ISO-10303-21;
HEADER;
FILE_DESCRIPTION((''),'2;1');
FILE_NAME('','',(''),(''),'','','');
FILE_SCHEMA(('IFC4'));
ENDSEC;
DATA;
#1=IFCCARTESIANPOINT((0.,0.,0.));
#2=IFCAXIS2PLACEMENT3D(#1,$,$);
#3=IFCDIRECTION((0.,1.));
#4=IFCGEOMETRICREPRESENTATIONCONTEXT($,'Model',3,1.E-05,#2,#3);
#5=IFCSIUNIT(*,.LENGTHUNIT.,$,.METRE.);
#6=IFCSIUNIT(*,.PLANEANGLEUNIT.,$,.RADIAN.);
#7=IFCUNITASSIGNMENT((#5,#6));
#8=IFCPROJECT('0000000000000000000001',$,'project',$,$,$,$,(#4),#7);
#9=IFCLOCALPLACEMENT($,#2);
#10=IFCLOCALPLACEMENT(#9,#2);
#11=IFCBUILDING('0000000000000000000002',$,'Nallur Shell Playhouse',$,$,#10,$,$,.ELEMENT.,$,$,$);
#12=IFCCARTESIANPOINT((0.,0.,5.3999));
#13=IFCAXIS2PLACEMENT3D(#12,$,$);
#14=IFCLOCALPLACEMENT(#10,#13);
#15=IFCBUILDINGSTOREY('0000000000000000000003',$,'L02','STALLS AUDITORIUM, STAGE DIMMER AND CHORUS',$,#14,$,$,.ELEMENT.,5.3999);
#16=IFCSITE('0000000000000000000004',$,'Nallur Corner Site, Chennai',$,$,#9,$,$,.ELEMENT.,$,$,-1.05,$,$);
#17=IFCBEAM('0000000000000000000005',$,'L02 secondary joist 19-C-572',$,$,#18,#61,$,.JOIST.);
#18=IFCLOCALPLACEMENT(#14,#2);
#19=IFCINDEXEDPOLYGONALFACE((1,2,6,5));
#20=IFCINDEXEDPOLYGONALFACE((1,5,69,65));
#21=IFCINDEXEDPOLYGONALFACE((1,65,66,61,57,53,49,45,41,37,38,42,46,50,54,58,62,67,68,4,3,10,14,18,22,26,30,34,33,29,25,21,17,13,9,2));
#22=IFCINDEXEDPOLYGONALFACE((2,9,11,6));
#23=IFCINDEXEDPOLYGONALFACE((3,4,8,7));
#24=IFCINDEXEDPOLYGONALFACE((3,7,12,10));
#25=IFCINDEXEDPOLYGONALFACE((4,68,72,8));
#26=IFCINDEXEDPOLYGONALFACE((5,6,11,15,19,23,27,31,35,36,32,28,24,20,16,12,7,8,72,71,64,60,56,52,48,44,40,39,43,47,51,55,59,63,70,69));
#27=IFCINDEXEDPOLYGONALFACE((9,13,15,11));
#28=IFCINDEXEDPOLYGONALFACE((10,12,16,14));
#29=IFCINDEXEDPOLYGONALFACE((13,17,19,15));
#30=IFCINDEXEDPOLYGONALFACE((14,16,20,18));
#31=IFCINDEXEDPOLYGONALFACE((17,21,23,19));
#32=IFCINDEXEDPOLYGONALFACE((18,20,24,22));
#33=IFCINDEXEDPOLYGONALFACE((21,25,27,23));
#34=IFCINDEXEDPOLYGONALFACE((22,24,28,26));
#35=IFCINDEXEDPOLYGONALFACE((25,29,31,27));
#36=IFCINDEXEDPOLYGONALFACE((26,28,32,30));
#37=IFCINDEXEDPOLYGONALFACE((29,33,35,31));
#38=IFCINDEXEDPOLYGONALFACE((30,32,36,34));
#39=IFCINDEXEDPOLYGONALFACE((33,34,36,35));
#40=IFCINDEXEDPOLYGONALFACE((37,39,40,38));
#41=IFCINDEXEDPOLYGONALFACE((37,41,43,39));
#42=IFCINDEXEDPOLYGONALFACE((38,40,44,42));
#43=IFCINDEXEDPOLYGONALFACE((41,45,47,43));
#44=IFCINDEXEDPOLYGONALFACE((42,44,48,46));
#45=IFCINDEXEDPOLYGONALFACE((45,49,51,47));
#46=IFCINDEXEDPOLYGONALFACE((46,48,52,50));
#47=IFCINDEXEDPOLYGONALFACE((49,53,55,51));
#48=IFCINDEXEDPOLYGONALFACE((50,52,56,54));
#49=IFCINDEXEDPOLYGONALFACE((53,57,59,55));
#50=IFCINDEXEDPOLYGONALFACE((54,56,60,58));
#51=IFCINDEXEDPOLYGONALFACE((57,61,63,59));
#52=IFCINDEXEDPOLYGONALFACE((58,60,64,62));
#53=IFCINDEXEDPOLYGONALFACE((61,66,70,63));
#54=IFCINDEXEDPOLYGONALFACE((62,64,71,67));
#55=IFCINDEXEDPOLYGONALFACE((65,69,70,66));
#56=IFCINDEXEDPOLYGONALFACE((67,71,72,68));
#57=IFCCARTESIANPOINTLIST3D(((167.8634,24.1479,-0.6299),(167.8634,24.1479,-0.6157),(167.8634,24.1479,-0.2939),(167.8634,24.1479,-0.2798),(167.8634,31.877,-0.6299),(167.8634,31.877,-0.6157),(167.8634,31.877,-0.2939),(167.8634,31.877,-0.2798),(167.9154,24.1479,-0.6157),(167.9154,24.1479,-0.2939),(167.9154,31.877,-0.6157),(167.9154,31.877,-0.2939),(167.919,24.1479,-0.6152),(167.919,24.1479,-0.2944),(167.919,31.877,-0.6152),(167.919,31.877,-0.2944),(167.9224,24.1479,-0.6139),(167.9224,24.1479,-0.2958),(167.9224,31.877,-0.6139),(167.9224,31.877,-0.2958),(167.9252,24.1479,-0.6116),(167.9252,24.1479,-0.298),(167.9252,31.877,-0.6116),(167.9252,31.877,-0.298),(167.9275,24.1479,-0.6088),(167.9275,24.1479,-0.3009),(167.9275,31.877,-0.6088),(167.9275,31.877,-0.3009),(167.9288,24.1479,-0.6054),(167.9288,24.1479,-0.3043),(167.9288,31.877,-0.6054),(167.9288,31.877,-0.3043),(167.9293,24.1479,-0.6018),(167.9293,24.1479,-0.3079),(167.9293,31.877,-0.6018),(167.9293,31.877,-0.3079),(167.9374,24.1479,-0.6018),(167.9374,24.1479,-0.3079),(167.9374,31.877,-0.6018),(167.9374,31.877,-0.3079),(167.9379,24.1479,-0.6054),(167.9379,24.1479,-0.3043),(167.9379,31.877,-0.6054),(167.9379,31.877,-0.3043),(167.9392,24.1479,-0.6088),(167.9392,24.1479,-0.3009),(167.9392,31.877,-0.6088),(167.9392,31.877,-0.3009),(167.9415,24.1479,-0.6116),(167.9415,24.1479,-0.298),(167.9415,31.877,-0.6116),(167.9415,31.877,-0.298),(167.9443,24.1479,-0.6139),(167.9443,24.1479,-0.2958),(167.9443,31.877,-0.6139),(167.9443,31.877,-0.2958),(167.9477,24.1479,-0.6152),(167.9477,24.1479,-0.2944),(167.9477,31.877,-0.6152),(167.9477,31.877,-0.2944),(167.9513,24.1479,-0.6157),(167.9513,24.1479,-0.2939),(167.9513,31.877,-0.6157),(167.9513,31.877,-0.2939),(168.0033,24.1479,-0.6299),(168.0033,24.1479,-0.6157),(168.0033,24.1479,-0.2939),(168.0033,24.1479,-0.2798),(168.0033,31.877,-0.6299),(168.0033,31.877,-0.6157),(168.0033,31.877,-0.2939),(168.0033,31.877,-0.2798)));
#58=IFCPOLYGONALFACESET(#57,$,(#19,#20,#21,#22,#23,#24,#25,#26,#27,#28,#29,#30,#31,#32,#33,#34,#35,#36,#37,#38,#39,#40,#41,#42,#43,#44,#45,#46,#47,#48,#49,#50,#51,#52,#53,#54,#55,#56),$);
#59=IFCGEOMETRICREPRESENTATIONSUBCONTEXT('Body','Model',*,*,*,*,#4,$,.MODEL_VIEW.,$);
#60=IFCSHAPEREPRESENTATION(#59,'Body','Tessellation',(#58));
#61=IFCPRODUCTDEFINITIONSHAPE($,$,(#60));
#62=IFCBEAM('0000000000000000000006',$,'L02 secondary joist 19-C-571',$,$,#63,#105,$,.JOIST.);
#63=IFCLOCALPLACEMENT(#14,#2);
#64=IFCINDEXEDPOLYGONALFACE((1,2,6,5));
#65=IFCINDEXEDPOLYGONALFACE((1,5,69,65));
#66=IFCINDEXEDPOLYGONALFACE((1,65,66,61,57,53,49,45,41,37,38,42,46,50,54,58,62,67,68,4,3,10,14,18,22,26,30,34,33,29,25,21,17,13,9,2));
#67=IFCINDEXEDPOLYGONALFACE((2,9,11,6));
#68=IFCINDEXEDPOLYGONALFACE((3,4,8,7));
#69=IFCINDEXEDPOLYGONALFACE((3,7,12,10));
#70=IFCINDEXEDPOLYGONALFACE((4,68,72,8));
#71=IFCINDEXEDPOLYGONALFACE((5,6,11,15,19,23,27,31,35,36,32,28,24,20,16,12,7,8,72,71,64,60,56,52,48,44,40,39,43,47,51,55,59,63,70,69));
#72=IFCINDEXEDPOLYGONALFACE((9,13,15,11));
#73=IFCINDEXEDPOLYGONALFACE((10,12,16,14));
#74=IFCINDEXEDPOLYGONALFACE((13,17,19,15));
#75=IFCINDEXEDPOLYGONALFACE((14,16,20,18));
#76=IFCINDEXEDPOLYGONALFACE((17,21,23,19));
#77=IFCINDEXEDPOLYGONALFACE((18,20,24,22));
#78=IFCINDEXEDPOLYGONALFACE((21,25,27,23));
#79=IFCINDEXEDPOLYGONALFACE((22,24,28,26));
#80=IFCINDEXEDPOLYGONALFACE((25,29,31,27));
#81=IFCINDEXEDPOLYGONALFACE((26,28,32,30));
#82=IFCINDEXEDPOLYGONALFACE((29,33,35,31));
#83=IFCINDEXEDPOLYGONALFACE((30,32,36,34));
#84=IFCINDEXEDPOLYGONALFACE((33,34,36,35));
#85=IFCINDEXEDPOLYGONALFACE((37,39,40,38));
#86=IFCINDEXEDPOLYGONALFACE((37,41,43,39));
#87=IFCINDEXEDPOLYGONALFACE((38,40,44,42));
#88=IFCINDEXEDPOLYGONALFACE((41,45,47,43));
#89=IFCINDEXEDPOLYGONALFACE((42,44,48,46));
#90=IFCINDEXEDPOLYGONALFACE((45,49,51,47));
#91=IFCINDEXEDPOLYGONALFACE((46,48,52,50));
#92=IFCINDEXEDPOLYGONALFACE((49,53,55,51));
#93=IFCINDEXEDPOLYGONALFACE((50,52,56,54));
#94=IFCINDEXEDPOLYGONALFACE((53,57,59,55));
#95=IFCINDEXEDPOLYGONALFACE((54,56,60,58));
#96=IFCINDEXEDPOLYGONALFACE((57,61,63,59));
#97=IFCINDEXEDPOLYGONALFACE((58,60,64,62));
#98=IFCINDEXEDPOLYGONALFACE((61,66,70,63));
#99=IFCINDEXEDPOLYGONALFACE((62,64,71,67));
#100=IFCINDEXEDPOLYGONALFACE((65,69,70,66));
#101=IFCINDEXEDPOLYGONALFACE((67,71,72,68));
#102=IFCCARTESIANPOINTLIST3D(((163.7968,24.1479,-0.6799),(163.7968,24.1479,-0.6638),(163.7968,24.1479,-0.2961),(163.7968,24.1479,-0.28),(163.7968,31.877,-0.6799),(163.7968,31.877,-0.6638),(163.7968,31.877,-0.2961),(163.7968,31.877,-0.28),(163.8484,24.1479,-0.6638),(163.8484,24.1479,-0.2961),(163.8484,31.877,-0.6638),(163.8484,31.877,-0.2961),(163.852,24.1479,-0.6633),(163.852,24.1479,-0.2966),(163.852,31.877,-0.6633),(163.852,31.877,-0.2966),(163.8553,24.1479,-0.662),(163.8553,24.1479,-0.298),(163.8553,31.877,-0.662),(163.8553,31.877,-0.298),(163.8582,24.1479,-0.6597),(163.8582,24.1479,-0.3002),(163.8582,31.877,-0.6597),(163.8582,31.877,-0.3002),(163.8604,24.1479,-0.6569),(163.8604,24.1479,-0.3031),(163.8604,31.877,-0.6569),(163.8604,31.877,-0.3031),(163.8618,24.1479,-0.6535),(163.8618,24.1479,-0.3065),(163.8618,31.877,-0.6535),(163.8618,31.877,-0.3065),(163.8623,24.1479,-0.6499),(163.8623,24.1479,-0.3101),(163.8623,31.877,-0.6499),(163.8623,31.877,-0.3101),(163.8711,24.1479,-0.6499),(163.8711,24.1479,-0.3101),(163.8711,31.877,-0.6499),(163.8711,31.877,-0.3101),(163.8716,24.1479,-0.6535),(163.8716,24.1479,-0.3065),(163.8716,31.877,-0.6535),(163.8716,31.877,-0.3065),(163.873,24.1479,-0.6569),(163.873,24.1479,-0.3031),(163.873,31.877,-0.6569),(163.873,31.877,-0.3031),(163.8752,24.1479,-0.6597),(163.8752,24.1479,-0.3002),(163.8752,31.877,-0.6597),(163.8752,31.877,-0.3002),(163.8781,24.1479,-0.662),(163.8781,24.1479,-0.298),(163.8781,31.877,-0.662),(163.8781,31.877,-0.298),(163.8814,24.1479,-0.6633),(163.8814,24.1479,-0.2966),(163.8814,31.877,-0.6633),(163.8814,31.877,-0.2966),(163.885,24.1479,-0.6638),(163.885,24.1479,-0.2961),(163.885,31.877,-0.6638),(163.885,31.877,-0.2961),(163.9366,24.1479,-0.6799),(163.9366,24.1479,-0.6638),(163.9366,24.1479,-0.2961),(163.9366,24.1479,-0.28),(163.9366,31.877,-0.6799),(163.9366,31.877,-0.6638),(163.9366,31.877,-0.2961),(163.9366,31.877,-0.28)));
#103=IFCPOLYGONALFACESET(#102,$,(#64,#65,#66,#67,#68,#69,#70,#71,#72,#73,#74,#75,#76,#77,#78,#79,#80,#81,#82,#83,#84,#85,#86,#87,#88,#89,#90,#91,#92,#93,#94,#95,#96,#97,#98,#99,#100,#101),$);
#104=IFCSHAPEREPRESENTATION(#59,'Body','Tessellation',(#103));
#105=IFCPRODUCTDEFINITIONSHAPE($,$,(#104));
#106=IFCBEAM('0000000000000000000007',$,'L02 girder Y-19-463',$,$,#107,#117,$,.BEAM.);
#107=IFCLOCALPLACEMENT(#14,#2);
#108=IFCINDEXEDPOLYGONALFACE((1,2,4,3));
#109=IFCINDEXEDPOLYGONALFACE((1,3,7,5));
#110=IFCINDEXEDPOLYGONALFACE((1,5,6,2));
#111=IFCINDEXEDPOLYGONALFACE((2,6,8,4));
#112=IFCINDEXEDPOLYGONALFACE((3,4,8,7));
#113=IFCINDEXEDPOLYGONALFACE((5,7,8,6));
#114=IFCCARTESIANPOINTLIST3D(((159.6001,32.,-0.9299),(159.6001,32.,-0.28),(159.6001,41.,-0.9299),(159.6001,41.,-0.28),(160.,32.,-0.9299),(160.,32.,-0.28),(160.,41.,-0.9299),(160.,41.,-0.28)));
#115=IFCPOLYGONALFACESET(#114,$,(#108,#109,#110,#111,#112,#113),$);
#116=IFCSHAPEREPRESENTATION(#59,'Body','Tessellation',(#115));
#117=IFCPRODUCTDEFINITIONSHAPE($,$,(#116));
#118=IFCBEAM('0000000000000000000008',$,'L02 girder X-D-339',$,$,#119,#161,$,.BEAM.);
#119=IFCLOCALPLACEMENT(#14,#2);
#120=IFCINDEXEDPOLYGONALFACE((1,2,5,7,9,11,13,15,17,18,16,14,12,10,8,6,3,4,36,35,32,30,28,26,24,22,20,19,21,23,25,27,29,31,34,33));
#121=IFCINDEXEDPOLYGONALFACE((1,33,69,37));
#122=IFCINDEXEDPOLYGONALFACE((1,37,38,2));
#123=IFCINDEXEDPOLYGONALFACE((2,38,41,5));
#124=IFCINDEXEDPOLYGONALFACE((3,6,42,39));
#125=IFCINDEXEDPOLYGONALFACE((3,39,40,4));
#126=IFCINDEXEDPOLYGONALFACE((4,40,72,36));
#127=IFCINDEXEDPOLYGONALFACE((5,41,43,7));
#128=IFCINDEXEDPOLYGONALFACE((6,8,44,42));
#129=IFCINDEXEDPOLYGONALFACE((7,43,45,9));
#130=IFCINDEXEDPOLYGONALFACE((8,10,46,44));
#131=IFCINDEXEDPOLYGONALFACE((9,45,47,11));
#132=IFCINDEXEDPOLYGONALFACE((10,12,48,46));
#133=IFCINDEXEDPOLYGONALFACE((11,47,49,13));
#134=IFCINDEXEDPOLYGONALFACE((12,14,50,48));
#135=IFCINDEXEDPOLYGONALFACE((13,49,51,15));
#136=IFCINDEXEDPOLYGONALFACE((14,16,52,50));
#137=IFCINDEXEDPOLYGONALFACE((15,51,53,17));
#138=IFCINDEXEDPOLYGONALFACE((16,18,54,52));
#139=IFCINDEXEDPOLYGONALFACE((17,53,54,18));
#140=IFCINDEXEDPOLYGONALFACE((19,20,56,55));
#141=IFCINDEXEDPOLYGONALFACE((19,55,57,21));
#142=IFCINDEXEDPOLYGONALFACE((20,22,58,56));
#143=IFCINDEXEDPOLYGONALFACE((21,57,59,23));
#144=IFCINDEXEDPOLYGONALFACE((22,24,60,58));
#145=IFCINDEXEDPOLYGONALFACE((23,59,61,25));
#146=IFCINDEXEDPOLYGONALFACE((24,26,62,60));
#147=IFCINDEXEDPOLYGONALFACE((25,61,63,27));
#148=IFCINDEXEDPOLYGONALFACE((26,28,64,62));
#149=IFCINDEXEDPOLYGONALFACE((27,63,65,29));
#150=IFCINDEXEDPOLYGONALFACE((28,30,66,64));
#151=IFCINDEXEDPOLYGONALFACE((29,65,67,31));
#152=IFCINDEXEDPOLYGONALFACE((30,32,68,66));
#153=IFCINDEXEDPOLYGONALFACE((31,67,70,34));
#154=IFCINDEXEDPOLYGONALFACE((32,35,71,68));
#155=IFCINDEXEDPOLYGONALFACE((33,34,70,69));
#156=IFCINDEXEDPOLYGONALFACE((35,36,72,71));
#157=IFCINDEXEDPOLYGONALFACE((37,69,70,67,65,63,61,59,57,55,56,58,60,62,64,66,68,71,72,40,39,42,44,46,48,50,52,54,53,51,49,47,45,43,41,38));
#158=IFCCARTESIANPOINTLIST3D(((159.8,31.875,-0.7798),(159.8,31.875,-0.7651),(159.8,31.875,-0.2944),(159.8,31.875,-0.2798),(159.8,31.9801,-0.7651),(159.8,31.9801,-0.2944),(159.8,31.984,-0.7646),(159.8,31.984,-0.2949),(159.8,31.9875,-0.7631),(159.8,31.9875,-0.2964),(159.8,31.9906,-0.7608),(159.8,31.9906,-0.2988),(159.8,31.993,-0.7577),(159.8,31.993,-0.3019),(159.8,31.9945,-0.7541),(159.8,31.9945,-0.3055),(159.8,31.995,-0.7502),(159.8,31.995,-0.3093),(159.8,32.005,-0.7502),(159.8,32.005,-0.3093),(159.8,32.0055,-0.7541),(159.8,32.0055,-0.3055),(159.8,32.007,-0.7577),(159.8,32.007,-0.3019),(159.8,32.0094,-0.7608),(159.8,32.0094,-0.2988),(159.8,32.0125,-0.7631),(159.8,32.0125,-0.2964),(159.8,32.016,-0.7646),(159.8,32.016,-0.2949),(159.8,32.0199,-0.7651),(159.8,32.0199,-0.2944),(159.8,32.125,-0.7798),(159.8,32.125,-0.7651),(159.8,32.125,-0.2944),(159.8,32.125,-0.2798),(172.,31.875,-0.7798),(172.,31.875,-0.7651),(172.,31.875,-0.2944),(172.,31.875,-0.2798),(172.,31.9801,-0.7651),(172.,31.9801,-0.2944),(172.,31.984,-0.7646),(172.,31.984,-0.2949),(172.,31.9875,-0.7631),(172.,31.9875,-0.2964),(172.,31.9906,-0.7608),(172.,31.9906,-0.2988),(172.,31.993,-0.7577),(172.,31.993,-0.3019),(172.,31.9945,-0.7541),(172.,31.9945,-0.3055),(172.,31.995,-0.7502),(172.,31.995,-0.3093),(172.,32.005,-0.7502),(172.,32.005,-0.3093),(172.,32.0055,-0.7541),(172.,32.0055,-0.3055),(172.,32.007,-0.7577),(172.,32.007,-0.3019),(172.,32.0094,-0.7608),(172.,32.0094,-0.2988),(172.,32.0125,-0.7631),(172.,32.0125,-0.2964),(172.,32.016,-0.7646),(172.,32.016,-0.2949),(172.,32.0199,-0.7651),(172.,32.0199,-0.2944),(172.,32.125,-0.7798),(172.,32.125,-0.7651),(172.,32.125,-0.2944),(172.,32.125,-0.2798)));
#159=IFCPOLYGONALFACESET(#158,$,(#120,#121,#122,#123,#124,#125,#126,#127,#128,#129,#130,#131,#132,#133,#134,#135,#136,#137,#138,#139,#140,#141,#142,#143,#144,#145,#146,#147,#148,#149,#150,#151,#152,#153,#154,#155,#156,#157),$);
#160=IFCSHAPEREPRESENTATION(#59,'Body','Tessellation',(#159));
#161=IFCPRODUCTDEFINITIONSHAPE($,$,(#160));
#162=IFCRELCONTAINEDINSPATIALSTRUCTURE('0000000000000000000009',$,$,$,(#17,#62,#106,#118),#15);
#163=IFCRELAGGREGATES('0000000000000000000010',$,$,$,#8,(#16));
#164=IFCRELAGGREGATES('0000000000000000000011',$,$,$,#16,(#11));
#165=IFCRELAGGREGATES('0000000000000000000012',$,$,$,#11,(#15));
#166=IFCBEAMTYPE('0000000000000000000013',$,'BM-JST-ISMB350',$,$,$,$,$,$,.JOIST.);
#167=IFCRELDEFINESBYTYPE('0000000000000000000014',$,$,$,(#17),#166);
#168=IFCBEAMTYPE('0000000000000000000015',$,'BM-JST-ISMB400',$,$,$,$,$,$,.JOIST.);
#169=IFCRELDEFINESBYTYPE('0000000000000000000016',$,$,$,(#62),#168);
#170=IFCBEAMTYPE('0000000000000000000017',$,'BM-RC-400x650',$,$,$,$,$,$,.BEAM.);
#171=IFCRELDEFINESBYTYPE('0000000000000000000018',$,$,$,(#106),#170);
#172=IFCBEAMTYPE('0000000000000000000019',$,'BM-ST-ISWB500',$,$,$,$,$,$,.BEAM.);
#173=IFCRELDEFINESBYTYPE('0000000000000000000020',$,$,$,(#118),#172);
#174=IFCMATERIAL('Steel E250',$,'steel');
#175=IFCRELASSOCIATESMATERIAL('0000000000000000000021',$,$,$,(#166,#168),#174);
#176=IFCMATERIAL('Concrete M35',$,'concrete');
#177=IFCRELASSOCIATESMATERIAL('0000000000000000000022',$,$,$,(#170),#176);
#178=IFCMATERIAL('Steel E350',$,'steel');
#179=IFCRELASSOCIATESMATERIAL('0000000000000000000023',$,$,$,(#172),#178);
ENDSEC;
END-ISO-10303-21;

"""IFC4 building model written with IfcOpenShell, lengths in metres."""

from ifc_helpers import new_model, si_unit, direction, frame, origin, origin_2d, place, context, subcontext, project, spatial, rectangle, i_section, extrude, material, material_profile, profile_set, type_object, element, save


model = new_model("IFC4")

# Units and contexts
model_context = context("Model", 3, precision=1e-05, world=origin(), true_north=direction((0.0, 1.0)))
body_context = subcontext(model_context, "Body", "Model", "MODEL_VIEW")
ifc_project = project(units=[si_unit("LENGTHUNIT", "METRE"), si_unit("PLANEANGLEUNIT", "RADIAN")], contexts=[model_context])

# Site, building, storey
site_placement = place(None, origin())
site = spatial("IfcSite", under=ifc_project, at=site_placement, Name="Nallur Corner Site, Chennai", CompositionType="ELEMENT", RefElevation=-1.05)
building_placement = place(site_placement, origin())
building = spatial("IfcBuilding", under=site, at=building_placement, Name="Nallur Shell Playhouse", CompositionType="ELEMENT")
storey_placement = place(building_placement, frame((0.0, 0.0, 5.3999)))
storey = spatial("IfcBuildingStorey", under=building, at=storey_placement, Name="L02", Description="STALLS AUDITORIUM, STAGE DIMMER AND CHORUS", CompositionType="ELEMENT", Elevation=5.3999)

# Shared definitions
ifc_material_1 = material(Name="Steel E350", Category="steel")

# Beams
ifc_material_2 = material(Name="Steel E250", Category="steel")
ifc_material_profile_1 = material_profile(ifc_material_2, i_section(OverallWidth=0.1399, OverallDepth=0.3501, WebThickness=0.0081, FlangeThickness=0.0142, FilletRadius=0.0139, at=origin_2d()), Name="ISMB 350")
ifc_profile_set_1 = profile_set([ifc_material_profile_1], Name="Steel E250")
beam_type_1 = type_object("IfcBeamType", Name="BM-JST-ISMB350", PredefinedType="JOIST", material=ifc_profile_set_1)
beam_1_placement = place(storey_placement, frame((167.9333, 24.1479, -0.4548), z_axis=(0.0, 1.0, 0.0), x_axis=(-1.0, 0.0, 0.0)))
element("IfcBeam", 1, at=beam_1_placement, inside=storey, type_object=beam_type_1, Name="L02 secondary joist 19-C-572", PredefinedType="JOIST", context=body_context, shape_type="SweptSolid", body=[
    extrude(i_section(OverallWidth=0.1399, OverallDepth=0.3501, WebThickness=0.0081, FlangeThickness=0.0142, FilletRadius=0.0139, at=origin_2d()), origin(), (0.0, 0.0, 1.0), 7.729),
])
ifc_material_profile_2 = material_profile(ifc_material_2, i_section(OverallWidth=0.1399, OverallDepth=0.3999, WebThickness=0.0088, FlangeThickness=0.0161, FilletRadius=0.0139, at=origin_2d()), Name="ISMB 400")
ifc_profile_set_2 = profile_set([ifc_material_profile_2], Name="Steel E250")
beam_type_2 = type_object("IfcBeamType", Name="BM-JST-ISMB400", PredefinedType="JOIST", material=ifc_profile_set_2)
beam_2_placement = place(storey_placement, frame((163.8667, 24.1479, -0.48), z_axis=(0.0, 1.0, 0.0), x_axis=(-1.0, 0.0, 0.0)))
element("IfcBeam", 2, at=beam_2_placement, inside=storey, type_object=beam_type_2, Name="L02 secondary joist 19-C-571", PredefinedType="JOIST", context=body_context, shape_type="SweptSolid", body=[
    extrude(i_section(OverallWidth=0.1399, OverallDepth=0.3999, WebThickness=0.0088, FlangeThickness=0.0161, FilletRadius=0.0139, at=origin_2d()), origin(), (0.0, 0.0, 1.0), 7.729),
])
ifc_material_3 = material(Name="Concrete M35", Category="concrete")
ifc_material_profile_3 = material_profile(ifc_material_3, rectangle(XDim=0.3999, YDim=0.6499, at=origin_2d()), Name="RC 400x650")
ifc_profile_set_3 = profile_set([ifc_material_profile_3], Name="Concrete M35")
beam_type_3 = type_object("IfcBeamType", Name="BM-RC-400x650", PredefinedType="BEAM", material=ifc_profile_set_3)
beam_3_placement = place(storey_placement, frame((159.8, 32.0, -0.605), z_axis=(0.0, 1.0, 0.0), x_axis=(-1.0, 0.0, 0.0)))
element("IfcBeam", 3, at=beam_3_placement, inside=storey, type_object=beam_type_3, Name="L02 girder Y-19-463", PredefinedType="BEAM", context=body_context, shape_type="SweptSolid", body=[
    extrude(rectangle(XDim=0.3999, YDim=0.6499, at=origin_2d()), origin(), (0.0, 0.0, 1.0), 9.0),
])
ifc_material_profile_4 = material_profile(ifc_material_1, i_section(OverallWidth=0.25, OverallDepth=0.5, WebThickness=0.01, FlangeThickness=0.0146, FilletRadius=0.0149, at=origin_2d()), Name="ISWB 500")
ifc_profile_set_4 = profile_set([ifc_material_profile_4], Name="Steel E350")
beam_type_4 = type_object("IfcBeamType", Name="BM-ST-ISWB500", PredefinedType="BEAM", material=ifc_profile_set_4)
beam_4_placement = place(storey_placement, frame((159.8, 32.0, -0.5298), z_axis=(1.0, 0.0, 0.0), x_axis=(0.0, 1.0, 0.0)))
element("IfcBeam", 4, at=beam_4_placement, inside=storey, type_object=beam_type_4, Name="L02 girder X-D-339", PredefinedType="BEAM", context=body_context, shape_type="SweptSolid", body=[
    extrude(i_section(OverallWidth=0.25, OverallDepth=0.5, WebThickness=0.01, FlangeThickness=0.0146, FilletRadius=0.0149, at=origin_2d()), origin(), (0.0, 0.0, 1.0), 12.2),
])

save(model, "model.ifc")
